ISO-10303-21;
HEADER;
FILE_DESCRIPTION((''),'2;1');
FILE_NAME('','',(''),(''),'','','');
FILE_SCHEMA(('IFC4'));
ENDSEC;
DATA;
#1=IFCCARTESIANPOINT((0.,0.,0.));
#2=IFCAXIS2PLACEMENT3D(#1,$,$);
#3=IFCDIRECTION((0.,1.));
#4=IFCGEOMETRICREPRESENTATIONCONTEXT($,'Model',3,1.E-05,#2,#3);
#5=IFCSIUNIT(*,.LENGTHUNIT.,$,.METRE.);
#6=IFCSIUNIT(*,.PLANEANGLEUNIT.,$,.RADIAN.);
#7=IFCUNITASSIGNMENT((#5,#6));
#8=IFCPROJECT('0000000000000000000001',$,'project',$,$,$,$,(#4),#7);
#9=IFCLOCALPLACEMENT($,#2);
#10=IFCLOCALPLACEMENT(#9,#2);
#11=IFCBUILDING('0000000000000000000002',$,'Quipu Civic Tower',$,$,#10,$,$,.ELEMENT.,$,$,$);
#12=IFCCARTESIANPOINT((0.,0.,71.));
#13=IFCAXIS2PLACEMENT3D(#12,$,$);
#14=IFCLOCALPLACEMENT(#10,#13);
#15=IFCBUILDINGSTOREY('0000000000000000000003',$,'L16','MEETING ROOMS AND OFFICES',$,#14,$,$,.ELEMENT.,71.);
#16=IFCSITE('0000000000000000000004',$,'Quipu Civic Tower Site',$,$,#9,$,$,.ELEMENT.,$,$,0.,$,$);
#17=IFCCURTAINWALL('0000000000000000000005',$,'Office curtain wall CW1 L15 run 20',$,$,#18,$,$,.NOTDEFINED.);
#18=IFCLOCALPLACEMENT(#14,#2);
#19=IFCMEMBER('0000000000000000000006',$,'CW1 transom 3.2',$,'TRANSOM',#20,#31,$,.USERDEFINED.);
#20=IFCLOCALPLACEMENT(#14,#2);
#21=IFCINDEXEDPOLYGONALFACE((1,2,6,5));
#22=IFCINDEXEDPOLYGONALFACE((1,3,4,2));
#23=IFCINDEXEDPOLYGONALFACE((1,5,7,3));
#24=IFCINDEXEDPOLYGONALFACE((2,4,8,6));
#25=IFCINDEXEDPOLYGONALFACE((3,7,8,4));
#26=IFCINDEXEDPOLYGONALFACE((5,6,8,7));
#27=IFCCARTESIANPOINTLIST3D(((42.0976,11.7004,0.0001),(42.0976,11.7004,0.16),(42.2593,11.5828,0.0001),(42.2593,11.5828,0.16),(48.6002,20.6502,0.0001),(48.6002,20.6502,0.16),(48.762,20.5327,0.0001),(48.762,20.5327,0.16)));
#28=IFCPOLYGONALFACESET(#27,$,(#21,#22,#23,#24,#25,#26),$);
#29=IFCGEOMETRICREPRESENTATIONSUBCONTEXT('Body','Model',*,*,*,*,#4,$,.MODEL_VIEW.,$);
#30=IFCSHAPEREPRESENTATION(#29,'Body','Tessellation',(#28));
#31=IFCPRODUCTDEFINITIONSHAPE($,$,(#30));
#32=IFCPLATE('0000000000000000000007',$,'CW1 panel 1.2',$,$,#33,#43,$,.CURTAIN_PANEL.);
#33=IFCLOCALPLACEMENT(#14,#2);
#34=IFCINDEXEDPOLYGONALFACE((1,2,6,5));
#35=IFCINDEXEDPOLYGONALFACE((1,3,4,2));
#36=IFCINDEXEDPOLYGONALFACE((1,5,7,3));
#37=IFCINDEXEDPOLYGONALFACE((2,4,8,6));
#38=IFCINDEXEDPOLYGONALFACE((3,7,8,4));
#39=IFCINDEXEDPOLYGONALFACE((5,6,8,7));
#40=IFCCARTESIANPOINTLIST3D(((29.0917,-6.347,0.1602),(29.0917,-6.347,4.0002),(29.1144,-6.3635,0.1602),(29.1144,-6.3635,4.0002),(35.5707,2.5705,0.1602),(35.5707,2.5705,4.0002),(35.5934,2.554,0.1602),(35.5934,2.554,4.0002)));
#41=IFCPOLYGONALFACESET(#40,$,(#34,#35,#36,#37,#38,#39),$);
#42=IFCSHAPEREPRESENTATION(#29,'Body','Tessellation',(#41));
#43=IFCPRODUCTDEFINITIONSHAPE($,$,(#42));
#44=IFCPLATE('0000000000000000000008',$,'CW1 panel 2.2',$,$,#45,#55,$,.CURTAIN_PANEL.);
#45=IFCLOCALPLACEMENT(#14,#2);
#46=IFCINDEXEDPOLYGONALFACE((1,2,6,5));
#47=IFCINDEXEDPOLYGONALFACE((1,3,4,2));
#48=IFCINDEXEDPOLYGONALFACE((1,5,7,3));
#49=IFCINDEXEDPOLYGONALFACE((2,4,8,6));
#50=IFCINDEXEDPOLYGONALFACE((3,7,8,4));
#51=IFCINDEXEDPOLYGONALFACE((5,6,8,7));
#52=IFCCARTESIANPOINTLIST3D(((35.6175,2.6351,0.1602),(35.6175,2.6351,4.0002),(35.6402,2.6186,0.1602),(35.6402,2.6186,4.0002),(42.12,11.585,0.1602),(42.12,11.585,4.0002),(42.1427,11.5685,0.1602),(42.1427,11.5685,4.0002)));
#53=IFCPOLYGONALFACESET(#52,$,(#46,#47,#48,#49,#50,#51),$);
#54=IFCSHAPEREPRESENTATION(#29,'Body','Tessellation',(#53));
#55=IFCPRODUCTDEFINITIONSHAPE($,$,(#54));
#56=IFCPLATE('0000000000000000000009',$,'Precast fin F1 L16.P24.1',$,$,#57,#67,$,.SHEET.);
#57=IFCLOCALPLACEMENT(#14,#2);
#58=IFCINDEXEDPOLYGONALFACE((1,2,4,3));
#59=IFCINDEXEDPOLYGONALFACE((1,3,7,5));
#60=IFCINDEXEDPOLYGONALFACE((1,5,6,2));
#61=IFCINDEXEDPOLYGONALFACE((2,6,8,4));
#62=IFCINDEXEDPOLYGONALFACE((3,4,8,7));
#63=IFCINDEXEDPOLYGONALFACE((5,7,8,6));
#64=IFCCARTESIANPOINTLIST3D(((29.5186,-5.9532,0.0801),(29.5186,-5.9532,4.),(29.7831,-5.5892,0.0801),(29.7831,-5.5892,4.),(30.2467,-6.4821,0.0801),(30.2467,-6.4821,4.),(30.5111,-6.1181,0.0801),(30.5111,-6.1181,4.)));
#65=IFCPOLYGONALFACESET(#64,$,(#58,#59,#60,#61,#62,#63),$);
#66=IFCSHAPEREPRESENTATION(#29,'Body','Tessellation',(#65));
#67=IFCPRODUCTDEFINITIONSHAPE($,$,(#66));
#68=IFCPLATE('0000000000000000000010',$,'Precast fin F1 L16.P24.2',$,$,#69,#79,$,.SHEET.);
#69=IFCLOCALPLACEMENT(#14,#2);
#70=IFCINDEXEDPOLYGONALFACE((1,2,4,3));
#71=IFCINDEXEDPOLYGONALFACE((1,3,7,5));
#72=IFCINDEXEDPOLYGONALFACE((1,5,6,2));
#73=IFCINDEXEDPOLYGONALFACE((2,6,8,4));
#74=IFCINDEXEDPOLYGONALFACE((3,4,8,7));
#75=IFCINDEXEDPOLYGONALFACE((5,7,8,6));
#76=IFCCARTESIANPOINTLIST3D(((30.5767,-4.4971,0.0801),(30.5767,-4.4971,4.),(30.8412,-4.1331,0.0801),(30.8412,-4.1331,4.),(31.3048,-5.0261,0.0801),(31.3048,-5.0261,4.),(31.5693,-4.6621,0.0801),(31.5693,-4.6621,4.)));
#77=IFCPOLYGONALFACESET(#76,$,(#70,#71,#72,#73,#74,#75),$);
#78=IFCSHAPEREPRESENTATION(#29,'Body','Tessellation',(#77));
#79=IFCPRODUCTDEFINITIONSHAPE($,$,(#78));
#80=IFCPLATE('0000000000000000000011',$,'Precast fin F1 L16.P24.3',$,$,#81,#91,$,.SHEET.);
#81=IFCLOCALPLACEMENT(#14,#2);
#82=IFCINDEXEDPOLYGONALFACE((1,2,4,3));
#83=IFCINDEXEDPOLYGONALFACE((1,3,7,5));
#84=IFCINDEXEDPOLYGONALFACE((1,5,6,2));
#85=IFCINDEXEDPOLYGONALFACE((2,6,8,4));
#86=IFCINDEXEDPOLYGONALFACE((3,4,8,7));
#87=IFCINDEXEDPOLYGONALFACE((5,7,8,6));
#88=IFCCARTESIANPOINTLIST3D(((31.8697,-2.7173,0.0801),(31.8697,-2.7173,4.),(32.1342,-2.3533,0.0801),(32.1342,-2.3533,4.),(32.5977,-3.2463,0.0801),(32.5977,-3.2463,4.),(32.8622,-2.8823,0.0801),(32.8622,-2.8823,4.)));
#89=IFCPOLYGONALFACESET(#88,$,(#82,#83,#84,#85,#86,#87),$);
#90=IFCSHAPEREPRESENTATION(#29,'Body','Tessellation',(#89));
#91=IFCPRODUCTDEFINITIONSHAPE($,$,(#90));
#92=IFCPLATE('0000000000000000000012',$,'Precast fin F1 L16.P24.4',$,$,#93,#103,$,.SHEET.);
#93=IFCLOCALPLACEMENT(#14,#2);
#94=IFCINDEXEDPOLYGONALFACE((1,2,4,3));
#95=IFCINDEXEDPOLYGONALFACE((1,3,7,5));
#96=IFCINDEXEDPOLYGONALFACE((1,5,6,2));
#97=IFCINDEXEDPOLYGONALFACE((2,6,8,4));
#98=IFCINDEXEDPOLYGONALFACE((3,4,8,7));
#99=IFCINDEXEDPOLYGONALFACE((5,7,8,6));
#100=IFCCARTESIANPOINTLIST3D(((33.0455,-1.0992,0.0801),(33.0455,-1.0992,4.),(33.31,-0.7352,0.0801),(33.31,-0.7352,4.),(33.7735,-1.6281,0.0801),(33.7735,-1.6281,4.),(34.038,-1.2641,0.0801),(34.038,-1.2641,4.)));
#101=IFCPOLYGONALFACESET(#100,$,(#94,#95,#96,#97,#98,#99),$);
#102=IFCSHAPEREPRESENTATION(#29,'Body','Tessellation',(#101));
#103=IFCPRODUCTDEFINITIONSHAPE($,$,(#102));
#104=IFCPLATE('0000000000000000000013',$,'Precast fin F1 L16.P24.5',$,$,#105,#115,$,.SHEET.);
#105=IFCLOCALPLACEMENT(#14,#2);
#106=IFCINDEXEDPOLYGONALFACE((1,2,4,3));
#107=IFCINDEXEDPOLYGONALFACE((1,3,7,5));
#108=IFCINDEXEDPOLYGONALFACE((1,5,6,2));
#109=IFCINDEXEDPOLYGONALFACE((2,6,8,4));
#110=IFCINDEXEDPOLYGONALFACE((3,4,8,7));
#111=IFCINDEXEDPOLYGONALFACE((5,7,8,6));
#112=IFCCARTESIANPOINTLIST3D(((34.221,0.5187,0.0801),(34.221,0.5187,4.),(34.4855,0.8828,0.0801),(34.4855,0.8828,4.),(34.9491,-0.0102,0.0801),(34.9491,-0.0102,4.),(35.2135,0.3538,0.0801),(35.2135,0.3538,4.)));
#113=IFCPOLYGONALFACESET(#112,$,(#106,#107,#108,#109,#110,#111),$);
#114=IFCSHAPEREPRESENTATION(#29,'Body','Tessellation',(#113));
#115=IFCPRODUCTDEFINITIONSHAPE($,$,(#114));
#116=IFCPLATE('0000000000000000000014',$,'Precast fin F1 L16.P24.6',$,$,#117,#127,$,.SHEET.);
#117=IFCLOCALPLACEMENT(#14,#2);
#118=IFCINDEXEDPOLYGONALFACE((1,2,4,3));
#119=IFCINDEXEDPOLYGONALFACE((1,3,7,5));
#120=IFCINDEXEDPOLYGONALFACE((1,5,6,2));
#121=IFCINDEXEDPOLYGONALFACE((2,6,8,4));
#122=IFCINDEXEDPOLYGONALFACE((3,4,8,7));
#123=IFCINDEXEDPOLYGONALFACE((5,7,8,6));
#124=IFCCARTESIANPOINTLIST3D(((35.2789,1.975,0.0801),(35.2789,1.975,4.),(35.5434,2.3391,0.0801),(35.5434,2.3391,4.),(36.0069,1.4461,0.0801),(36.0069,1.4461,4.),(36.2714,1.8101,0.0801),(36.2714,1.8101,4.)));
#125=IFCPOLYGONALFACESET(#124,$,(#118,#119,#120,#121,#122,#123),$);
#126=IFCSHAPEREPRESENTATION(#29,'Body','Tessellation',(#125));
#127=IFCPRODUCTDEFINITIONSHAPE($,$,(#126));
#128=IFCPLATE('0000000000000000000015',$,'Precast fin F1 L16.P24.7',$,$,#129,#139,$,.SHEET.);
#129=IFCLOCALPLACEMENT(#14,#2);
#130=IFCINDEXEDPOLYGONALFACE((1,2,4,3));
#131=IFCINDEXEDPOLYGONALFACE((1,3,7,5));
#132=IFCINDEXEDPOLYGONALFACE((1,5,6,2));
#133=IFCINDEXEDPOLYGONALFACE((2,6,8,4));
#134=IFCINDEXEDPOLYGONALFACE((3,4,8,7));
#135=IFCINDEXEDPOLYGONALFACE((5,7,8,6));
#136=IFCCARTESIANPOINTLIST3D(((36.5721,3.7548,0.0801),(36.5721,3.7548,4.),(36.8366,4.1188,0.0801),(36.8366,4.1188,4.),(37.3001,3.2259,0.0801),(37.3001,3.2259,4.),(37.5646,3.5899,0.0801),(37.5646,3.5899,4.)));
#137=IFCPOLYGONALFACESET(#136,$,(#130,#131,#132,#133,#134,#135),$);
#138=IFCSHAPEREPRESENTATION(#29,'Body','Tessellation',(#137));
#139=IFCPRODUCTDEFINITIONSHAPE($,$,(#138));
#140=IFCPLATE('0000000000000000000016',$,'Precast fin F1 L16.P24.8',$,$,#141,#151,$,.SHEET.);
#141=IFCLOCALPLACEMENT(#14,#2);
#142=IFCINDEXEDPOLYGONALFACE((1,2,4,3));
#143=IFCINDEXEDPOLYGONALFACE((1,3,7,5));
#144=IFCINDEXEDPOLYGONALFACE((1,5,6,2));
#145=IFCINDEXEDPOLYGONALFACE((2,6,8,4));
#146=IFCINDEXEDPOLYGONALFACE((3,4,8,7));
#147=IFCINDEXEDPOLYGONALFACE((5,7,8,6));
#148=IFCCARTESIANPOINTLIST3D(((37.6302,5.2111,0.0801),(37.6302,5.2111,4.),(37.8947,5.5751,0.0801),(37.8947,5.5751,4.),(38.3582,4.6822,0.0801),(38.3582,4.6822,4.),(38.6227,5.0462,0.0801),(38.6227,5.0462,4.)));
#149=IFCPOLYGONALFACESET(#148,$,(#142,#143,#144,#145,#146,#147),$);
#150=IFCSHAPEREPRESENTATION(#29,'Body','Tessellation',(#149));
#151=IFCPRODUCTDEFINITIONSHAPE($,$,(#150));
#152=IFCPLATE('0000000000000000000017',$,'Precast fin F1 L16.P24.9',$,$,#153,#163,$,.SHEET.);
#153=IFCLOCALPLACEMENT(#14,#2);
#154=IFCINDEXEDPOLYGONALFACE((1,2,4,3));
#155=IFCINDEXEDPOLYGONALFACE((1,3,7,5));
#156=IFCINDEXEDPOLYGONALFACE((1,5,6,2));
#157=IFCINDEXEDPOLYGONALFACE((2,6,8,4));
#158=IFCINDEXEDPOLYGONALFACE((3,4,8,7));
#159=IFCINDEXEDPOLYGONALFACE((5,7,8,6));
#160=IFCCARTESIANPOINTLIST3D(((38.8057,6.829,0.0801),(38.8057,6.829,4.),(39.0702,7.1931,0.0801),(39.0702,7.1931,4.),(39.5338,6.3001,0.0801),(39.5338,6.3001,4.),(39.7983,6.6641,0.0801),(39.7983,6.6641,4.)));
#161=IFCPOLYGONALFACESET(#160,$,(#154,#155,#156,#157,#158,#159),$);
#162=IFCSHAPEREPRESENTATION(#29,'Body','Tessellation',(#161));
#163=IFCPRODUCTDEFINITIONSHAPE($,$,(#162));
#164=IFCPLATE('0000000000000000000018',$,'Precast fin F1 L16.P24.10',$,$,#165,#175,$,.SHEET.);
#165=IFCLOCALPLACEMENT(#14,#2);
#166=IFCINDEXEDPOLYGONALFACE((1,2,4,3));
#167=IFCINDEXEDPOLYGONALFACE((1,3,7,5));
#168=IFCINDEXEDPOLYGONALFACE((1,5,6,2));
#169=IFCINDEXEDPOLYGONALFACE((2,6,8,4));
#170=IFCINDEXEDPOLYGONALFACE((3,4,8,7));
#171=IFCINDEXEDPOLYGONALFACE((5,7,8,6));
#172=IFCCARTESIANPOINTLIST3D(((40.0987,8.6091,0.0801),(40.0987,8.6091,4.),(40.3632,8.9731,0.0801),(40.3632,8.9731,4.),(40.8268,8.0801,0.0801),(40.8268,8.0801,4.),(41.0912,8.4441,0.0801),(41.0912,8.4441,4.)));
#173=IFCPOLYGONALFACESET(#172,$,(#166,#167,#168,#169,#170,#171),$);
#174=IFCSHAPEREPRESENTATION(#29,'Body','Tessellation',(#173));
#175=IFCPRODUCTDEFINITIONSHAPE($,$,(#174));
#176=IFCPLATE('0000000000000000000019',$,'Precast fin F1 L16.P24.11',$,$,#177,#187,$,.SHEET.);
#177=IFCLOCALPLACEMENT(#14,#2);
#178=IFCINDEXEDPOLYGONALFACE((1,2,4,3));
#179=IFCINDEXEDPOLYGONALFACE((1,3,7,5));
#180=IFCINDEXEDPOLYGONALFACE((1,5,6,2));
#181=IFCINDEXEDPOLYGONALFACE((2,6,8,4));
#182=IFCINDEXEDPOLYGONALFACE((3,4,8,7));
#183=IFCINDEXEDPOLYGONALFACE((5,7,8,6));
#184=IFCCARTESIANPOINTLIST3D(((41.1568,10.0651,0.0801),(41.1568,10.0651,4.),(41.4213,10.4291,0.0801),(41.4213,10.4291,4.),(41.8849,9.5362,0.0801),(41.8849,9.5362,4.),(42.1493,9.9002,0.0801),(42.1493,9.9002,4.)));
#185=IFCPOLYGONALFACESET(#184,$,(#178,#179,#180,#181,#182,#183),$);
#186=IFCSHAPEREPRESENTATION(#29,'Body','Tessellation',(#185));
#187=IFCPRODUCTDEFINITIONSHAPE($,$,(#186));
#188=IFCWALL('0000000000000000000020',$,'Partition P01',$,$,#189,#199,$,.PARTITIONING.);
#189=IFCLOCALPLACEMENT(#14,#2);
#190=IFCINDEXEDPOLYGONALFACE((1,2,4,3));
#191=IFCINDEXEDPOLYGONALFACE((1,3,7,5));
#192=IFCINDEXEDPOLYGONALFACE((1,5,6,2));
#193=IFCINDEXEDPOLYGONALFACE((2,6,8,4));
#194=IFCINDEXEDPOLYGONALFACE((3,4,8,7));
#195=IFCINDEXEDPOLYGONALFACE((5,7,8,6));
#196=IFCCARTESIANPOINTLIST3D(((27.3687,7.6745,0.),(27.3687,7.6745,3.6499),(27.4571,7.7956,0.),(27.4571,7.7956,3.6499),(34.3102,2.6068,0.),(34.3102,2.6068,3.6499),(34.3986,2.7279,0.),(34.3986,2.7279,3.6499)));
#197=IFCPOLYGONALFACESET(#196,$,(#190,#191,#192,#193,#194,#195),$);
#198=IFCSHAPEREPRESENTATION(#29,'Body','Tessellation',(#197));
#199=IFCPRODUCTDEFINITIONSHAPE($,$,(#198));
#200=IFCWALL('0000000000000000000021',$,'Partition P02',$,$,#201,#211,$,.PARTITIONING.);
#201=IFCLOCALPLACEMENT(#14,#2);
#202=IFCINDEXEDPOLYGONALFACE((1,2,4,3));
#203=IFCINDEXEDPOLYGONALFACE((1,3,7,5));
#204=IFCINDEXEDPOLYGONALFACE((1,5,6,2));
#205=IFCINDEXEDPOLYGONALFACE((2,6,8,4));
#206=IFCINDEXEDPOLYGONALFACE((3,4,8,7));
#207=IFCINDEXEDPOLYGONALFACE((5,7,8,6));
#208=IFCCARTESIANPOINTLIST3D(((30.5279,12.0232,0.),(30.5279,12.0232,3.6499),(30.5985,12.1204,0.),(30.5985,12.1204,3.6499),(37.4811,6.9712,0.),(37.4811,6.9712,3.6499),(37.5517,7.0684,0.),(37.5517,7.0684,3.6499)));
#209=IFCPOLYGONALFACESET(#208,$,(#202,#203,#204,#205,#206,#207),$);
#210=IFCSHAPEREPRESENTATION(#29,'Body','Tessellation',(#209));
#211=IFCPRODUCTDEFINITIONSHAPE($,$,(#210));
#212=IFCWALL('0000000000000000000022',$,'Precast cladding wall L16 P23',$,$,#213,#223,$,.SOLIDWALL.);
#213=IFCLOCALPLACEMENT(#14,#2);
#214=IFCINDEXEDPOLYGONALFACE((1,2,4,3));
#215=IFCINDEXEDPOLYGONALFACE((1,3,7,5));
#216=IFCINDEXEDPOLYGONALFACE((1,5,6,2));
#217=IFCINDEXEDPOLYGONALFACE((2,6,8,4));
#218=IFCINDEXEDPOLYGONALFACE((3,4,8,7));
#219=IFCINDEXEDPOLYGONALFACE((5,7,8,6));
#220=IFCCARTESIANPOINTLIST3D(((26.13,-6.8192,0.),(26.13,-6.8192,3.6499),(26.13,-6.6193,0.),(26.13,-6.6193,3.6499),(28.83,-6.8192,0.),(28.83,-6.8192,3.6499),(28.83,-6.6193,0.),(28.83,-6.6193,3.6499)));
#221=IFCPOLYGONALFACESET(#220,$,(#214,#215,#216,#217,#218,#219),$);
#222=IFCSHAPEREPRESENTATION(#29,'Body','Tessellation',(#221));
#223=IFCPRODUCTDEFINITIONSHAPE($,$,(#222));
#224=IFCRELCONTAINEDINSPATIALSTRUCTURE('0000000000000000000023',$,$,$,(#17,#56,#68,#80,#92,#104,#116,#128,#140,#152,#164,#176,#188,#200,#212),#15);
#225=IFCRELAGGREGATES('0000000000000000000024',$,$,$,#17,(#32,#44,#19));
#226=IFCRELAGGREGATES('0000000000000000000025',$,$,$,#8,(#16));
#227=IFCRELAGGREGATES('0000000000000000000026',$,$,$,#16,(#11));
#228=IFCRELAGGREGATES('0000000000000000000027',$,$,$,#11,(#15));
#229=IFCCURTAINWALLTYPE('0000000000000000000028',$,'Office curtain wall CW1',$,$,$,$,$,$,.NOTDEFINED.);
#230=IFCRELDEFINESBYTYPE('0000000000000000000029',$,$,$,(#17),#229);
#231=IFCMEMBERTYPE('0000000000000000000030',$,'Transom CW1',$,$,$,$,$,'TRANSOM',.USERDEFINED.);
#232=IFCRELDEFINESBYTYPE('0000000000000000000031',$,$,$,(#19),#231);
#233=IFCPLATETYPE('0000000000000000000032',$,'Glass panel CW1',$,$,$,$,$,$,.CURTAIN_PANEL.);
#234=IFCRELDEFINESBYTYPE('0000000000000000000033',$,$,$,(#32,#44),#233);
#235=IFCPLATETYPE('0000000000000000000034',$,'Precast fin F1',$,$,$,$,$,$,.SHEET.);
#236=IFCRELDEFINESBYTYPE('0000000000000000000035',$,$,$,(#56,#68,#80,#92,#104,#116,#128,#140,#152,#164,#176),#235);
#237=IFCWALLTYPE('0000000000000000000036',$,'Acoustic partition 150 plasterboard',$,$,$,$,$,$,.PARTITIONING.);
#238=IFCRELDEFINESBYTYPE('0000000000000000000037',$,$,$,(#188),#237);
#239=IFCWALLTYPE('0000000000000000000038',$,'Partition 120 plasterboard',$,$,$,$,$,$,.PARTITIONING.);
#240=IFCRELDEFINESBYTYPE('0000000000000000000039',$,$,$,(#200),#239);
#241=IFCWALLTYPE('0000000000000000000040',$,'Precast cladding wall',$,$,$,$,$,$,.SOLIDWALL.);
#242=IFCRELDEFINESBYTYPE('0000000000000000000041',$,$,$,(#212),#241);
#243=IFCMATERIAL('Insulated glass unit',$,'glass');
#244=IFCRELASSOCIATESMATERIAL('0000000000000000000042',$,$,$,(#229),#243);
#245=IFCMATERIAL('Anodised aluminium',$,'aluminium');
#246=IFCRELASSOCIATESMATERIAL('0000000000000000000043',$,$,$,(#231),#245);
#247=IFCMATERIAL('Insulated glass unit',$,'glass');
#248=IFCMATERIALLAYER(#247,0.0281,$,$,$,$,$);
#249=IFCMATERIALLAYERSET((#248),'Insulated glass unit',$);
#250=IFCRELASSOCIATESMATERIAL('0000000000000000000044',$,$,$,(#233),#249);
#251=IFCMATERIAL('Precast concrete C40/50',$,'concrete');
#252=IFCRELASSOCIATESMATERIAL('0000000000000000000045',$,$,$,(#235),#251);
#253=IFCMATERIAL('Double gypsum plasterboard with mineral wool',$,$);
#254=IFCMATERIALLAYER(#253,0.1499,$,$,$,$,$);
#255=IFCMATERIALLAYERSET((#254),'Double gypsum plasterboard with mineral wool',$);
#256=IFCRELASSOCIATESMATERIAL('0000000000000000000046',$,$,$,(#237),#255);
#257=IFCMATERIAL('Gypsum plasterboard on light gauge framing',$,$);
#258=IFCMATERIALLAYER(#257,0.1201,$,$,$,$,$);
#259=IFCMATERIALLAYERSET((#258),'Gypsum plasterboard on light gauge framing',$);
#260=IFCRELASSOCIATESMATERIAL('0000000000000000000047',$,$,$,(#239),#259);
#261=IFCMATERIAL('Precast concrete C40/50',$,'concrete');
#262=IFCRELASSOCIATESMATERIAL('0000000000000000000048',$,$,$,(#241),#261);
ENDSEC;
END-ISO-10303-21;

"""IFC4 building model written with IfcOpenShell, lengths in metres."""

from ifc_helpers import new_model, si_unit, direction, frame, frame_2d, origin, origin_2d, place, context, subcontext, project, spatial, rectangle, extrude, material, layer, layer_set, material_profile, profile_set, type_object, element, aggregate, save


model = new_model("IFC4")

# Units and contexts
model_context = context("Model", 3, precision=1e-05, world=origin(), true_north=direction((0.0, 1.0)))
body_context = subcontext(model_context, "Body", "Model", "MODEL_VIEW")
ifc_project = project(units=[si_unit("LENGTHUNIT", "METRE"), si_unit("PLANEANGLEUNIT", "RADIAN")], contexts=[model_context])

# Site, building, storey
site_placement = place(None, origin())
site = spatial("IfcSite", under=ifc_project, at=site_placement, Name="Quipu Civic Tower Site", CompositionType="ELEMENT", RefElevation=0.0)
building_placement = place(site_placement, origin())
building = spatial("IfcBuilding", under=site, at=building_placement, Name="Quipu Civic Tower", CompositionType="ELEMENT")
storey_placement = place(building_placement, frame((0.0, 0.0, 71.0)))
storey = spatial("IfcBuildingStorey", under=building, at=storey_placement, Name="L16", Description="MEETING ROOMS AND OFFICES", CompositionType="ELEMENT", Elevation=71.0)

# Curtain wall
ifc_material_1 = material(Name="Insulated glass unit", Category="glass")
curtain_wall_type = type_object("IfcCurtainWallType", Name="Office curtain wall CW1", PredefinedType="NOTDEFINED", material=ifc_material_1)
curtain_wall_placement = place(storey_placement, origin())
curtain_wall = element("IfcCurtainWall", 1, at=curtain_wall_placement, inside=storey, type_object=curtain_wall_type, Name="Office curtain wall CW1 L15 run 20", PredefinedType="NOTDEFINED")

# Member
ifc_material_2 = material(Name="Anodised aluminium", Category="aluminium")
ifc_material_profile_1 = material_profile(ifc_material_2, rectangle(XDim=0.2, YDim=0.1599, at=origin_2d()), Name="RECT 200x160")
ifc_profile_set_1 = profile_set([ifc_material_profile_1], Name="Anodised aluminium")
member_type_1 = type_object("IfcMemberType", Name="Transom CW1", ElementType="TRANSOM", PredefinedType="USERDEFINED", material=ifc_profile_set_1)
member_1_placement = place(storey_placement, frame((42.1785, 11.6416, 0.0801), z_axis=(0.587795, 0.80901, 0.0), x_axis=(-0.80901, 0.587795, 0.0)))
member_1 = element("IfcMember", 2, at=member_1_placement, type_object=member_type_1, Name="CW1 transom 3.2", ObjectType="TRANSOM", PredefinedType="USERDEFINED", context=body_context, shape_type="SweptSolid", body=[
    extrude(rectangle(XDim=0.2, YDim=0.1599, at=origin_2d()), origin(), (0.0, 0.0, 1.0), 11.0627),
])

# Plates
ifc_material_3 = material(Name="Insulated glass unit", Category="glass")
ifc_layer_1 = layer(ifc_material_3, 0.0281)
ifc_layer_set_1 = layer_set([ifc_layer_1], Name="Insulated glass unit")
plate_type_1 = type_object("IfcPlateType", Name="Glass panel CW1", PredefinedType="CURTAIN_PANEL", material=ifc_layer_set_1)
plate_1_placement = place(storey_placement, frame((32.3425, -1.8965, 0.1602), z_axis=(0.0, 0.0, 1.0), x_axis=(0.587786, 0.809017, 0.0)))
plate_1 = element("IfcPlate", 3, at=plate_1_placement, type_object=plate_type_1, Name="CW1 panel 1.2", PredefinedType="CURTAIN_PANEL", context=body_context, shape_type="SweptSolid", body=[
    extrude(rectangle(XDim=11.0227, YDim=0.0281, at=origin_2d()), origin(), (0.0, 0.0, 1.0), 3.8401),
])
plate_2_placement = place(storey_placement, frame((38.8801, 7.1018, 0.1602), z_axis=(0.0, 0.0, 1.0), x_axis=(0.587786, 0.809017, 0.0)))
plate_2 = element("IfcPlate", 4, at=plate_2_placement, type_object=plate_type_1, Name="CW1 panel 2.2", PredefinedType="CURTAIN_PANEL", context=body_context, shape_type="SweptSolid", body=[
    extrude(rectangle(XDim=11.0627, YDim=0.0281, at=origin_2d()), origin(), (0.0, 0.0, 1.0), 3.8401),
])
aggregate(curtain_wall, [plate_1, plate_2, member_1])

# Plates
ifc_material_4 = material(Name="Precast concrete C40/50", Category="concrete")
plate_type_2 = type_object("IfcPlateType", Name="Precast fin F1", PredefinedType="SHEET", material=ifc_material_4)
for number, where, z_axis, x_axis, name in (
    (5, (30.0149, -6.0356, 0.0801), (0.0, 0.0, 1.0), (0.587786, 0.809017, 0.0), "Precast fin F1 L16.P24.1"),
    (6, (31.073, -4.5796, 0.0801), (0.0, 0.0, 1.0), (0.587786, 0.809017, 0.0), "Precast fin F1 L16.P24.2"),
    (7, (32.366, -2.7998, 0.0801), (0.0, 0.0, 1.0), (0.587786, 0.809017, 0.0), "Precast fin F1 L16.P24.3"),
    (8, (33.5417, -1.1816, 0.0801), (0.0, 0.0, 1.0), (0.587786, 0.809017, 0.0), "Precast fin F1 L16.P24.4"),
    (9, (34.7173, 0.4363, 0.0801), (0.0, 0.0, 1.0), (0.587786, 0.809017, 0.0), "Precast fin F1 L16.P24.5"),
    (10, (35.7751, 1.8926, 0.0801), (0.0, 0.0, 1.0), (0.587786, 0.809017, 0.0), "Precast fin F1 L16.P24.6"),
    (11, (37.0684, 3.6724, 0.0801), (0.0, 0.0, 1.0), (0.587786, 0.809017, 0.0), "Precast fin F1 L16.P24.7"),
    (12, (38.1265, 5.1287, 0.0801), (0.0, 0.0, 1.0), (0.587786, 0.809017, 0.0), "Precast fin F1 L16.P24.8"),
    (13, (39.302, 6.7466, 0.0801), (0.0, 0.0, 1.0), (0.587786, 0.809017, 0.0), "Precast fin F1 L16.P24.9"),
    (14, (40.595, 8.5266, 0.0801), (0.0, 0.0, 1.0), (0.587786, 0.809017, 0.0), "Precast fin F1 L16.P24.10"),
    (15, (41.6531, 9.9827, 0.0801), (0.0, 0.0, 1.0), (0.587786, 0.809017, 0.0), "Precast fin F1 L16.P24.11"),
):
    element("IfcPlate", number, at=place(storey_placement, frame(where, z_axis=z_axis, x_axis=x_axis)), inside=storey, type_object=plate_type_2, Name=name, PredefinedType="SHEET", context=body_context, shape_type="SweptSolid", body=[
        extrude(rectangle(XDim=0.45, YDim=0.8999, at=origin_2d()), origin(), (0.0, 0.0, 1.0), 3.9199),
    ])

# Walls
ifc_material_5 = material(Name="Double gypsum plasterboard with mineral wool")
ifc_layer_2 = layer(ifc_material_5, 0.1499)
ifc_layer_set_2 = layer_set([ifc_layer_2], Name="Double gypsum plasterboard with mineral wool")
wall_type_1 = type_object("IfcWallType", Name="Acoustic partition 150 plasterboard", PredefinedType="PARTITIONING", material=ifc_layer_set_2)
wall_1_placement = place(storey_placement, frame((27.4128, 7.7351, 0.0), z_axis=(0.0, 0.0, 1.0), x_axis=(0.807665, -0.589642, 0.0)))
element("IfcWall", 16, at=wall_1_placement, inside=storey, type_object=wall_type_1, Name="Partition P01", PredefinedType="PARTITIONING", context=body_context, shape_type="SweptSolid", body=[
    extrude(rectangle(XDim=8.5945, YDim=0.1499, at=frame_2d((4.2974, 0.0))), origin(), (0.0, 0.0, 1.0), 3.6499),
])
ifc_material_6 = material(Name="Gypsum plasterboard on light gauge framing")
ifc_layer_3 = layer(ifc_material_6, 0.1201)
ifc_layer_set_3 = layer_set([ifc_layer_3], Name="Gypsum plasterboard on light gauge framing")
wall_type_2 = type_object("IfcWallType", Name="Partition 120 plasterboard", PredefinedType="PARTITIONING", material=ifc_layer_set_3)
wall_2_placement = place(storey_placement, frame((37.5164, 7.0198, 0.0), z_axis=(0.0, 0.0, 1.0), x_axis=(-0.809003, 0.587805, 0.0)))
element("IfcWall", 17, at=wall_2_placement, inside=storey, type_object=wall_type_2, Name="Partition P02", PredefinedType="PARTITIONING", context=body_context, shape_type="SweptSolid", body=[
    extrude(rectangle(XDim=8.5947, YDim=0.1201, at=frame_2d((4.2974, 0.0))), origin(), (0.0, 0.0, 1.0), 3.6499),
])
ifc_material_7 = material(Name="Precast concrete C40/50", Category="concrete")
wall_type_3 = type_object("IfcWallType", Name="Precast cladding wall", PredefinedType="SOLIDWALL", material=ifc_material_7)
wall_3_placement = place(storey_placement, frame((26.1299, -6.7192, 0.0), z_axis=(0.0, 0.0, 1.0), x_axis=(1.0, 0.0, 0.0)))
element("IfcWall", 18, at=wall_3_placement, inside=storey, type_object=wall_type_3, Name="Precast cladding wall L16 P23", PredefinedType="SOLIDWALL", context=body_context, shape_type="SweptSolid", body=[
    extrude(rectangle(XDim=2.7, YDim=0.2, at=frame_2d((1.3501, 0.0))), origin(), (0.0, 0.0, 1.0), 3.6499),
])

save(model, "model.ifc")
